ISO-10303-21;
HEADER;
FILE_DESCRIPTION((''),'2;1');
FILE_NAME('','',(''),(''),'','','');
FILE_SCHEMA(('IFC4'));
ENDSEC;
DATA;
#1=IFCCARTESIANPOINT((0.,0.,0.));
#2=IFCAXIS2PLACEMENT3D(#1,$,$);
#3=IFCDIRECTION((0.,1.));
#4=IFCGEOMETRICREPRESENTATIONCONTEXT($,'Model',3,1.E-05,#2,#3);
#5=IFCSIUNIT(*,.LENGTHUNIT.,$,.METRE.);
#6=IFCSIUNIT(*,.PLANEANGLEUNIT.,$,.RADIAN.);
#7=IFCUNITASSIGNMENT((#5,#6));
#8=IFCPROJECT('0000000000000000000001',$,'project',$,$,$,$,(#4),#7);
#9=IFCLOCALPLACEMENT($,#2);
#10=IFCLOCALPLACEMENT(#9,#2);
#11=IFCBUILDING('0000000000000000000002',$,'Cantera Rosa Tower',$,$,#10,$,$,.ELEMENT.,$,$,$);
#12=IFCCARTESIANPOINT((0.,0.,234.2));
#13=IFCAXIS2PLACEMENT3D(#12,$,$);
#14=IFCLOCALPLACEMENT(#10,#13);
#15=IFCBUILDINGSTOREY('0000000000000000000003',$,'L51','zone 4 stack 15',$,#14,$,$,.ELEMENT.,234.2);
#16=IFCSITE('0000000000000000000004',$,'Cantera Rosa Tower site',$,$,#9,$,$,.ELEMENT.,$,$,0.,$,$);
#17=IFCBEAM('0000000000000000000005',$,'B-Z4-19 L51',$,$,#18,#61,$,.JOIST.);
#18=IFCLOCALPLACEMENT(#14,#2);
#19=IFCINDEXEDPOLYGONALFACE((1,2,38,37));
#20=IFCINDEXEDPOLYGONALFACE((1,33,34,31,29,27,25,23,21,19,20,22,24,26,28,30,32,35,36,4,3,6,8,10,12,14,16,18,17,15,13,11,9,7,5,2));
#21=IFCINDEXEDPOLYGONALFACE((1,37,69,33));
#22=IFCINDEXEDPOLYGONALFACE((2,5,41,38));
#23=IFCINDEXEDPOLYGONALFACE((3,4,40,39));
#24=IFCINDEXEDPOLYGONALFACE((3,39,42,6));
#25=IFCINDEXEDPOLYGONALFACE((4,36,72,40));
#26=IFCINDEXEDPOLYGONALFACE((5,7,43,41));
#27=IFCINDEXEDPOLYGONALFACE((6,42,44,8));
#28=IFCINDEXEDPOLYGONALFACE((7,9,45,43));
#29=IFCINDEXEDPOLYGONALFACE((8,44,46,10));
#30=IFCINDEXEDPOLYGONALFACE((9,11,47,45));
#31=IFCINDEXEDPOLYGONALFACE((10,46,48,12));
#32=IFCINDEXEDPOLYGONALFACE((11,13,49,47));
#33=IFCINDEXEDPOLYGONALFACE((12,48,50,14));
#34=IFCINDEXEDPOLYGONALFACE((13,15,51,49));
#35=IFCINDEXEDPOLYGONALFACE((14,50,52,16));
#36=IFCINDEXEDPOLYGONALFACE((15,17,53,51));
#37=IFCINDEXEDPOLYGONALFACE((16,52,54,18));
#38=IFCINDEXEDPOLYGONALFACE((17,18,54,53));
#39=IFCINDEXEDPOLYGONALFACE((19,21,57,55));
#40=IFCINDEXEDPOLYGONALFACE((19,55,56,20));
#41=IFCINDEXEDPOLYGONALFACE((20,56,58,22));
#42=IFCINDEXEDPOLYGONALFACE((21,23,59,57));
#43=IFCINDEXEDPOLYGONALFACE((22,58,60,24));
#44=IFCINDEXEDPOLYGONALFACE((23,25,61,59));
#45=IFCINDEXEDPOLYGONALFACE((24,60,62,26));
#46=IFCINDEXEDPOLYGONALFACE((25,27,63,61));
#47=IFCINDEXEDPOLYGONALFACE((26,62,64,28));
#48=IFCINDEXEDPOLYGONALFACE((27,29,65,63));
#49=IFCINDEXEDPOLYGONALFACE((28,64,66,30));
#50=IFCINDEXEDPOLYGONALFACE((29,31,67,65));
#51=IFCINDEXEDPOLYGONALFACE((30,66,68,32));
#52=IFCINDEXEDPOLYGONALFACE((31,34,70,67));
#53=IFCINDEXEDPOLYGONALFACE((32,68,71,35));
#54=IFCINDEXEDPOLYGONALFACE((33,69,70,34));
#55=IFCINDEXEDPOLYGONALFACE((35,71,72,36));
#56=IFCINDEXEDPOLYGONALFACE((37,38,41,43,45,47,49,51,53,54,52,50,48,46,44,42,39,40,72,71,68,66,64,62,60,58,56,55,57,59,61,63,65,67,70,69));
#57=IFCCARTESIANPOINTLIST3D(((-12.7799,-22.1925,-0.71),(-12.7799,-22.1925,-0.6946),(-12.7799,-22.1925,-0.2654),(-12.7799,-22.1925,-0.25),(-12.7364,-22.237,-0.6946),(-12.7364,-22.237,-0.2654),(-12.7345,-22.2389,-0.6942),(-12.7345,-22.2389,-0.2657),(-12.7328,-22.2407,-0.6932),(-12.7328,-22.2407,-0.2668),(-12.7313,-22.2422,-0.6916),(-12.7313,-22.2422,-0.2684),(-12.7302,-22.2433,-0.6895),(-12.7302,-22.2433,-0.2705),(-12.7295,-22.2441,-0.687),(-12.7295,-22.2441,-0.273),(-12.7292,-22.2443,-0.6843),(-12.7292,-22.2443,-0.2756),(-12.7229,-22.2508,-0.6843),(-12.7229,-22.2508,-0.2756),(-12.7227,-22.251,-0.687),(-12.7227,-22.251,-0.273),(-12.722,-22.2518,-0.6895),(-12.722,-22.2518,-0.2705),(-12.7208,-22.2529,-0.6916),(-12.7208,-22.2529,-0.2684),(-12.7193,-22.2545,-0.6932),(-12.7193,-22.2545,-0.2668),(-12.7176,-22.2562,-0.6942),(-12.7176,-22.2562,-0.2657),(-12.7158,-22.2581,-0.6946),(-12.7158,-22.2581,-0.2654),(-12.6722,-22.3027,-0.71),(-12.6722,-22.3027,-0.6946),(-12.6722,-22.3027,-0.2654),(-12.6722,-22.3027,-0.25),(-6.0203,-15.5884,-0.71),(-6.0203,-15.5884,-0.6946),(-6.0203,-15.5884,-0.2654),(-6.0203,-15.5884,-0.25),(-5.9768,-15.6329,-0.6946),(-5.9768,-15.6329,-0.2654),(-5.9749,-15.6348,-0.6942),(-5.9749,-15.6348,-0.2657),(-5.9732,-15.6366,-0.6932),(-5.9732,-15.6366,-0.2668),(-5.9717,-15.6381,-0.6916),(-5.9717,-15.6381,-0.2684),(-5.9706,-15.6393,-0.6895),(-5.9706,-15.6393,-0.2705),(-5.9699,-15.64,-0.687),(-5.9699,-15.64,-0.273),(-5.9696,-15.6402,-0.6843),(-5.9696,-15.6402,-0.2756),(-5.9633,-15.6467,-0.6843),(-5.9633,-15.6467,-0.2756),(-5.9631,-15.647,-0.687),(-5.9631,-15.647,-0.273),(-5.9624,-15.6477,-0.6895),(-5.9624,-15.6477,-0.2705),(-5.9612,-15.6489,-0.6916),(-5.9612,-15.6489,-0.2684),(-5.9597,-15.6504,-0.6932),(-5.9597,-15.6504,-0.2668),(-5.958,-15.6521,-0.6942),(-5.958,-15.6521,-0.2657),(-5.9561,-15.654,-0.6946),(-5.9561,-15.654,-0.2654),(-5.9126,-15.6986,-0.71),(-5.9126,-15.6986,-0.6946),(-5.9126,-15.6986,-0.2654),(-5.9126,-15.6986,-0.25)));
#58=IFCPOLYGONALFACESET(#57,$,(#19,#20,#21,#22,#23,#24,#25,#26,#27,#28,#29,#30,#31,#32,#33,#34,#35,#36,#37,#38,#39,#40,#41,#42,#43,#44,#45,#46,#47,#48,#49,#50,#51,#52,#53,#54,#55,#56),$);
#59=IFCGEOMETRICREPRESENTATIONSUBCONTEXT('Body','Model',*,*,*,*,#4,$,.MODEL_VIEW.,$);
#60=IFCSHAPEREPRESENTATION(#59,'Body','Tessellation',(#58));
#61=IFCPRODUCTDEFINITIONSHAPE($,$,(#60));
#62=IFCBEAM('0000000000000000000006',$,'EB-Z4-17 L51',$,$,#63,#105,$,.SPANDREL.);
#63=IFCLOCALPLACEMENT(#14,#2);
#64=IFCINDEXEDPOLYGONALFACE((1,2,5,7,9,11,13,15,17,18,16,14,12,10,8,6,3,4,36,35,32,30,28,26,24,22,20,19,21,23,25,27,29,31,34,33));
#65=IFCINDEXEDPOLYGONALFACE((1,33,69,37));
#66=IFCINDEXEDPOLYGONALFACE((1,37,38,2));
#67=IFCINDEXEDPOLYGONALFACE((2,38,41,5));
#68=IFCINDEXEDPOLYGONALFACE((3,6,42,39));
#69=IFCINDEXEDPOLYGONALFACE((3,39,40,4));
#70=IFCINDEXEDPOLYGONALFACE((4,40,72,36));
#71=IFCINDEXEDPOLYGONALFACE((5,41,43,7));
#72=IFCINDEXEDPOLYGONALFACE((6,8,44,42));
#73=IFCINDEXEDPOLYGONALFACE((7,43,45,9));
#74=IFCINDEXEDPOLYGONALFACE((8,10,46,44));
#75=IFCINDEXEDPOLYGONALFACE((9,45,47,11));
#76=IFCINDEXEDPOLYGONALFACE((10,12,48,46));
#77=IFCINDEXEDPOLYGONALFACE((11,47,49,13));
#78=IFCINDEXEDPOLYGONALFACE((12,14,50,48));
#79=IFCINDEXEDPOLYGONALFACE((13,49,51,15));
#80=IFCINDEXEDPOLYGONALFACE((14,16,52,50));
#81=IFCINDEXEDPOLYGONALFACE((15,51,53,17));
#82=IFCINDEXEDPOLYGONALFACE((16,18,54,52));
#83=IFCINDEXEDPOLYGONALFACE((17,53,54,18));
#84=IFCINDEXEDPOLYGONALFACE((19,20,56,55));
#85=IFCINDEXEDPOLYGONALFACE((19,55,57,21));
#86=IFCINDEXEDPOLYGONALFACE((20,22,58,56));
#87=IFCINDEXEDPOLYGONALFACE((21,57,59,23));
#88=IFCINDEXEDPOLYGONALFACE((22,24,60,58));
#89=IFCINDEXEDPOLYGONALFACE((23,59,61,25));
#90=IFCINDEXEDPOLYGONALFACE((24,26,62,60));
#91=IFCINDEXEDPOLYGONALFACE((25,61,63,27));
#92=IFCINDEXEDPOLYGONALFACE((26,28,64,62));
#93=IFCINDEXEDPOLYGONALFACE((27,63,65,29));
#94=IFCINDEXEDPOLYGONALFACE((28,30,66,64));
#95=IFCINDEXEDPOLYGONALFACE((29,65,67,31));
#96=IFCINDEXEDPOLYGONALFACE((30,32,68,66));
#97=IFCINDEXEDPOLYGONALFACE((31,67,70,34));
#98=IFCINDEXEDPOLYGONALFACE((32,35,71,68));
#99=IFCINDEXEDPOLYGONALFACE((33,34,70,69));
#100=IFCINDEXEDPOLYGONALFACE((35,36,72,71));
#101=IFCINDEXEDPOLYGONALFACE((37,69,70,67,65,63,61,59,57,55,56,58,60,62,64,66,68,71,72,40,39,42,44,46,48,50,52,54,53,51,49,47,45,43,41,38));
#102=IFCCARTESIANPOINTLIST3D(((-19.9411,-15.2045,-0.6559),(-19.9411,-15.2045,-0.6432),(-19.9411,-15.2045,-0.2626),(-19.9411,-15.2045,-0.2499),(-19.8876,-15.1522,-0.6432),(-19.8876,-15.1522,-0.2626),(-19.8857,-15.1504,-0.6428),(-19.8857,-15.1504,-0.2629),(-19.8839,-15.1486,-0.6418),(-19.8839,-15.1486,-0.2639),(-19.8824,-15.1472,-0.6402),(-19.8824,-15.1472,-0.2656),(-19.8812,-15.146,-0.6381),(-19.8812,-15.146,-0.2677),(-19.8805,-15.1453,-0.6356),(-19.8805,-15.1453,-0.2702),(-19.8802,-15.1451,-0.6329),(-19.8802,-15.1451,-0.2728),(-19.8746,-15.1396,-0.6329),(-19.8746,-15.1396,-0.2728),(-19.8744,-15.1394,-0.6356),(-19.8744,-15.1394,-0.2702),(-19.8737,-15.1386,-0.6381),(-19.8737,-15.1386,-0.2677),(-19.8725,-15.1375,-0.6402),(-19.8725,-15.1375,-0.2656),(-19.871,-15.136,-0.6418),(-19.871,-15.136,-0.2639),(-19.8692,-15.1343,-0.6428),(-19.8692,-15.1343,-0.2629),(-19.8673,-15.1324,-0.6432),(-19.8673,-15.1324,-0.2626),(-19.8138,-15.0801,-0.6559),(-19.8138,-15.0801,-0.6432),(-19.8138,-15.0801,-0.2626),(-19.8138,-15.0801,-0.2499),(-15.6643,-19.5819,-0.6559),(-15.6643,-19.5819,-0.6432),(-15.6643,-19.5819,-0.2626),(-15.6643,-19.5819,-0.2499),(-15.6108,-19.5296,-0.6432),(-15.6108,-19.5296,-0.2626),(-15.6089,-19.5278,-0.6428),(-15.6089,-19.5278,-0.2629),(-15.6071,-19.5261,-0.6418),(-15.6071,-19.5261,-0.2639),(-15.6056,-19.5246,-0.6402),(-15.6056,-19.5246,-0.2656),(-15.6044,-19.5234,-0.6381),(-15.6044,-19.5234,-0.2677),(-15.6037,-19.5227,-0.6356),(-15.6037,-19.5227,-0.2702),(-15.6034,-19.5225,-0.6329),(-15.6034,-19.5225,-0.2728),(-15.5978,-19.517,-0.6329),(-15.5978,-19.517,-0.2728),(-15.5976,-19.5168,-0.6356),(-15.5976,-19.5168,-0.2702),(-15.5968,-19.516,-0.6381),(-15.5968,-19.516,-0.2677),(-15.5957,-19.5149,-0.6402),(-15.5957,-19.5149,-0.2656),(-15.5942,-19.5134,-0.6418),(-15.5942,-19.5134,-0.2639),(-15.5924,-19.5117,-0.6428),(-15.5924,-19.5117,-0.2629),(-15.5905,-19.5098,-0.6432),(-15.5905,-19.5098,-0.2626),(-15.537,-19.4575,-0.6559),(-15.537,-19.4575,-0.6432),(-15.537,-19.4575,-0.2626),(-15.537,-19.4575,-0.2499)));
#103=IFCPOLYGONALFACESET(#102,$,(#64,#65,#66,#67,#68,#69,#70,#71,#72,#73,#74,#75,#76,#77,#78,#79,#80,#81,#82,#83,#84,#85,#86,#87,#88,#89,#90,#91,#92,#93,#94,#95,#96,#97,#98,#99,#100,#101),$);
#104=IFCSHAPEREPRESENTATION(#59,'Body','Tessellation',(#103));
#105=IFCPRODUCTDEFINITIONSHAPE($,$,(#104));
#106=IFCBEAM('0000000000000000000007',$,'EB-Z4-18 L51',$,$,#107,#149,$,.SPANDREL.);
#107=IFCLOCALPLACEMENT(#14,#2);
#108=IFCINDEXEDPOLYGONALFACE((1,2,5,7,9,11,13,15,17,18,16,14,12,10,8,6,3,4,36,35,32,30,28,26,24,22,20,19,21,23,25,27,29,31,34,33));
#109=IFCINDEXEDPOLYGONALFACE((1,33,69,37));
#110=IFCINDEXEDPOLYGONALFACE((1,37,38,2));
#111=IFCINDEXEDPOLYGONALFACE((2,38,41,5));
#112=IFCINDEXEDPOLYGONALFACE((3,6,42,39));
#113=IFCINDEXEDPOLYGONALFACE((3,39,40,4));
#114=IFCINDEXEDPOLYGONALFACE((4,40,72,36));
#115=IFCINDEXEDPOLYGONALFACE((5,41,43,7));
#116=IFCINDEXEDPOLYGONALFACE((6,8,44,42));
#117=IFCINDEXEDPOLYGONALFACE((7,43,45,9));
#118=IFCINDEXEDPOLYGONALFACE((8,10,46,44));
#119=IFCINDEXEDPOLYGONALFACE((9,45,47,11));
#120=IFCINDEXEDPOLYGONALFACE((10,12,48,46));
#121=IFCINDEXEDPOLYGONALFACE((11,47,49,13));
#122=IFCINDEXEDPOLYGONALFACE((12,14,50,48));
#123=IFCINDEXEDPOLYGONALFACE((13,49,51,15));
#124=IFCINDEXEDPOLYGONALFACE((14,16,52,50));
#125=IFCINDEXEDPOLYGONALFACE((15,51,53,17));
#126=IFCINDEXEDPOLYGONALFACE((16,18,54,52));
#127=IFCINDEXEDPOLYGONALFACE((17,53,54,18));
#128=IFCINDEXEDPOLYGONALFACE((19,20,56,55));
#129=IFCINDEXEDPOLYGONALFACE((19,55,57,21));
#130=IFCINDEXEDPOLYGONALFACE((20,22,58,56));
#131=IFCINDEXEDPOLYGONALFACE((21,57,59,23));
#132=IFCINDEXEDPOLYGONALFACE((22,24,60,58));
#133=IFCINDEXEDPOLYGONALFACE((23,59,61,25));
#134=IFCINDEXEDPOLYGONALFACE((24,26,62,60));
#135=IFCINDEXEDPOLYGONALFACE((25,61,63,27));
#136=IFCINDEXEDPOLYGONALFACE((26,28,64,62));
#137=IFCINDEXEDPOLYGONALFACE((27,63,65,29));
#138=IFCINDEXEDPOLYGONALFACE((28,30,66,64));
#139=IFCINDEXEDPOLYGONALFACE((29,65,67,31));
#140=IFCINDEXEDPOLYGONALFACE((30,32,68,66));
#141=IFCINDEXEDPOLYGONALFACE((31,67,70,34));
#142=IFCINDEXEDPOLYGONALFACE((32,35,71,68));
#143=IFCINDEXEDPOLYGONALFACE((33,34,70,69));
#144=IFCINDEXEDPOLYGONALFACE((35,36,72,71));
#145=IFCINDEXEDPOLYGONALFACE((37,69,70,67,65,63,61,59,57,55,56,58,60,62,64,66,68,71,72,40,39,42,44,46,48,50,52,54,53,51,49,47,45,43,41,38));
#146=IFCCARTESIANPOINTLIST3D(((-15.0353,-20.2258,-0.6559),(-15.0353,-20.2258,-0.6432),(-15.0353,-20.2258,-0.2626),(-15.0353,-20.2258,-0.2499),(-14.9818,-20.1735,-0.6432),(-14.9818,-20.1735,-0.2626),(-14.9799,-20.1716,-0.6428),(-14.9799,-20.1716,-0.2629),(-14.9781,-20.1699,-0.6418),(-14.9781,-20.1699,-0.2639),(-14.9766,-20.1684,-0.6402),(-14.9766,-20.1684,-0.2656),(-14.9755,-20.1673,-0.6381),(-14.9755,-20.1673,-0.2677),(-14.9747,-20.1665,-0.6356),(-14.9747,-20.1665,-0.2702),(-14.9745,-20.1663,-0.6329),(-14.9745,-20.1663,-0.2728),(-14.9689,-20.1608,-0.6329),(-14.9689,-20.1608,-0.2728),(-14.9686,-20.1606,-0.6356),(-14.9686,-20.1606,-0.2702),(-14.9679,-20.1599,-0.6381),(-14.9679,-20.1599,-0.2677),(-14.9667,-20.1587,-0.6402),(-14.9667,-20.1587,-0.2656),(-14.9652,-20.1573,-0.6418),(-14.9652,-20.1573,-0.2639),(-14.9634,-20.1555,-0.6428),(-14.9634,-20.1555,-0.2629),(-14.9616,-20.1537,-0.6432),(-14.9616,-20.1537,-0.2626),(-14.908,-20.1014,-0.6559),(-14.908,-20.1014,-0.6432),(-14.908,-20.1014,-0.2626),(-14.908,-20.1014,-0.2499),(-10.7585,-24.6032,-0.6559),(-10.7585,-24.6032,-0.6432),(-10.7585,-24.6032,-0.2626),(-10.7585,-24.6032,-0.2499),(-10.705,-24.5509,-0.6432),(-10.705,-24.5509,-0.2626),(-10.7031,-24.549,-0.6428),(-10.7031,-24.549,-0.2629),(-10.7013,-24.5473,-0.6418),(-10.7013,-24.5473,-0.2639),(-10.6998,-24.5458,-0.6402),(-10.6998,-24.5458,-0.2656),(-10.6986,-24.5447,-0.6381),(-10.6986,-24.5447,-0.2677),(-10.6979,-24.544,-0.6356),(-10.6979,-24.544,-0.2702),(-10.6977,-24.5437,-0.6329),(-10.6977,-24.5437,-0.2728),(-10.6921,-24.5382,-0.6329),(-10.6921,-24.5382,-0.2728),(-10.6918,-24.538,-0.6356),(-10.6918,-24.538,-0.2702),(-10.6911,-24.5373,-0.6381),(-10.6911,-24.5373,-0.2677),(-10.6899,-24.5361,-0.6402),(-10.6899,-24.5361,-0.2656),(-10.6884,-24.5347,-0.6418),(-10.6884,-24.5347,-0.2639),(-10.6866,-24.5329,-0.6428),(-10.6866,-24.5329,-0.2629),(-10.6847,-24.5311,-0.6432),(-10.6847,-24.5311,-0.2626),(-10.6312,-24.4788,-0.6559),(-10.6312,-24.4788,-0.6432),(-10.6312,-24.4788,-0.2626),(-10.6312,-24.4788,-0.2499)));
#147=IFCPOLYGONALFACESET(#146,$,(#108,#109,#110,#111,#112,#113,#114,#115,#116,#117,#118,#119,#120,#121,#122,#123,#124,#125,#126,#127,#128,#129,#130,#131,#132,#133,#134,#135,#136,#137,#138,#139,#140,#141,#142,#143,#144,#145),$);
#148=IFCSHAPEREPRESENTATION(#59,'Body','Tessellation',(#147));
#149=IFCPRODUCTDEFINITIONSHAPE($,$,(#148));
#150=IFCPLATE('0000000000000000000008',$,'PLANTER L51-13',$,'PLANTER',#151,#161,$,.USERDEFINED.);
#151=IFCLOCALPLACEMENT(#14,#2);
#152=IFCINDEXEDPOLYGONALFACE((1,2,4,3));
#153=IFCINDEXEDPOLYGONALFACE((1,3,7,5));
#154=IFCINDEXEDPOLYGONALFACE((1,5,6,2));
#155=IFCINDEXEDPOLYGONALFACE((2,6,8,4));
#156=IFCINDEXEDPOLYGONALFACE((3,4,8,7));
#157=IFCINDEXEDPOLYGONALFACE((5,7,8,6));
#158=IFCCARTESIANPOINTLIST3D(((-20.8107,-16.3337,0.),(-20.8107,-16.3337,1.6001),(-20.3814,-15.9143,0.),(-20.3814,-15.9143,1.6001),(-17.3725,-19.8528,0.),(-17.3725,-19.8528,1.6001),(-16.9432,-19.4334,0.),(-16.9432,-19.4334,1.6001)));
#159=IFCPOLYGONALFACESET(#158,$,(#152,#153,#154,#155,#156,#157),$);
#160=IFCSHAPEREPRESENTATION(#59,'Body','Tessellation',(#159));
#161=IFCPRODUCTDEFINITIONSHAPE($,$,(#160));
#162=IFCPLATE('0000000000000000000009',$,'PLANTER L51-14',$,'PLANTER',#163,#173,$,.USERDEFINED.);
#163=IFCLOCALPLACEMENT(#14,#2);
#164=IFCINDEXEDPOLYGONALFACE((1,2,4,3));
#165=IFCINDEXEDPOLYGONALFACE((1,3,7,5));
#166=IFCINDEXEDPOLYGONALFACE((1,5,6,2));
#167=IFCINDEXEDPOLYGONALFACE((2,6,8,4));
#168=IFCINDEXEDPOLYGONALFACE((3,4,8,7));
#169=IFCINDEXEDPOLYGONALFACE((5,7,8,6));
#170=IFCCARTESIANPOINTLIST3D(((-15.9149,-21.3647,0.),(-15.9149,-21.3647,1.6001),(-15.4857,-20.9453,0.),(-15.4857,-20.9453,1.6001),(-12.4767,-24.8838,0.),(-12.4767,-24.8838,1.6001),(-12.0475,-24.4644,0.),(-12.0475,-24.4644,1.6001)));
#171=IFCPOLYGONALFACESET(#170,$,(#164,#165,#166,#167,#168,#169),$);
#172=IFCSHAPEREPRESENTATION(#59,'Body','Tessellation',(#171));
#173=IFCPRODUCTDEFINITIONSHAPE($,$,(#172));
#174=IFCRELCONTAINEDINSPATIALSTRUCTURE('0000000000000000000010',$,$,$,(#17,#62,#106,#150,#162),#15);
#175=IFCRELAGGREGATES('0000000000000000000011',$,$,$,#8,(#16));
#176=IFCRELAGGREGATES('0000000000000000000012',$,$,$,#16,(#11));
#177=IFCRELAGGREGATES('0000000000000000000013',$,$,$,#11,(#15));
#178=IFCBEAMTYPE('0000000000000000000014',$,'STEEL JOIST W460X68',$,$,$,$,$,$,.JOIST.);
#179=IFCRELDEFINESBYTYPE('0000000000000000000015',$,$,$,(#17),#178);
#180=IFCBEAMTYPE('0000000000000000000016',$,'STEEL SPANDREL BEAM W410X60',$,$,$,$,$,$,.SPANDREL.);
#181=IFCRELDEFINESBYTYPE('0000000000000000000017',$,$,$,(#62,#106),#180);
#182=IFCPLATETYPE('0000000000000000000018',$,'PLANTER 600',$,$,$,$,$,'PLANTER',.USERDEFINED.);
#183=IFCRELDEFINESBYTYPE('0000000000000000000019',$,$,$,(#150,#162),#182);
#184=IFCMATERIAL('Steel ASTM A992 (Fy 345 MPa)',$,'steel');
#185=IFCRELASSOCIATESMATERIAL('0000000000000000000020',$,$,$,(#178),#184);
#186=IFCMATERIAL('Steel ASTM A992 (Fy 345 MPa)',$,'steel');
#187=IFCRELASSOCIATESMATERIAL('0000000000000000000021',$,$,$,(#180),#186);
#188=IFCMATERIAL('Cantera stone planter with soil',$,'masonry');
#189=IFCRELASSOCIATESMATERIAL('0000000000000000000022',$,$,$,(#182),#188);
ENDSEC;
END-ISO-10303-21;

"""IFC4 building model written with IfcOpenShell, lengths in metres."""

from ifc_helpers import new_model, si_unit, direction, frame, origin, origin_2d, place, context, subcontext, project, spatial, rectangle, i_section, extrude, material, material_profile, profile_set, type_object, element, save


model = new_model("IFC4")

# Units and contexts
model_context = context("Model", 3, precision=1e-05, world=origin(), true_north=direction((0.0, 1.0)))
body_context = subcontext(model_context, "Body", "Model", "MODEL_VIEW")
ifc_project = project(units=[si_unit("LENGTHUNIT", "METRE"), si_unit("PLANEANGLEUNIT", "RADIAN")], contexts=[model_context])

# Site, building, storey
site_placement = place(None, origin())
site = spatial("IfcSite", under=ifc_project, at=site_placement, Name="Cantera Rosa Tower site", CompositionType="ELEMENT", RefElevation=0.0)
building_placement = place(site_placement, origin())
building = spatial("IfcBuilding", under=site, at=building_placement, Name="Cantera Rosa Tower", CompositionType="ELEMENT")
storey_placement = place(building_placement, frame((0.0, 0.0, 234.2)))
storey = spatial("IfcBuildingStorey", under=building, at=storey_placement, Name="L51", Description="zone 4 stack 15", CompositionType="ELEMENT", Elevation=234.2)

# Beams
ifc_material_1 = material(Name="Steel ASTM A992 (Fy 345 MPa)", Category="steel")
ifc_material_profile_1 = material_profile(ifc_material_1, i_section(OverallWidth=0.1541, OverallDepth=0.46, WebThickness=0.009, FlangeThickness=0.0154, FilletRadius=0.0103, at=origin_2d()), Name="W460X68")
ifc_profile_set_1 = profile_set([ifc_material_profile_1], Name="Steel ASTM A992 (Fy 345 MPa)")
beam_type_1 = type_object("IfcBeamType", Name="STEEL JOIST W460X68", PredefinedType="JOIST", material=ifc_profile_set_1)
for number, where, z_axis, x_axis, name in (
    (1, (-12.7261, -22.2476, -0.48), (0.715287, 0.698831, 0.0), (-0.698831, 0.715287, 0.0), "B-Z4-19 L51"),
):
    element("IfcBeam", number, at=place(storey_placement, frame(where, z_axis=z_axis, x_axis=x_axis)), inside=storey, type_object=beam_type_1, Name=name, PredefinedType="JOIST", context=body_context, shape_type="SweptSolid", body=[
        extrude(i_section(OverallWidth=0.1541, OverallDepth=0.46, WebThickness=0.009, FlangeThickness=0.0154, FilletRadius=0.0103, at=origin_2d()), origin(), (0.0, 0.0, 1.0), 9.4502),
    ])
ifc_material_2 = material(Name="Steel ASTM A992 (Fy 345 MPa)", Category="steel")
ifc_material_profile_2 = material_profile(ifc_material_2, i_section(OverallWidth=0.178, OverallDepth=0.406, WebThickness=0.0078, FlangeThickness=0.0127, FilletRadius=0.0103, at=origin_2d()), Name="W410X60")
ifc_profile_set_2 = profile_set([ifc_material_profile_2], Name="Steel ASTM A992 (Fy 345 MPa)")
beam_type_2 = type_object("IfcBeamType", Name="STEEL SPANDREL BEAM W410X60", PredefinedType="SPANDREL", material=ifc_profile_set_2)
for number, where, z_axis, x_axis, name in (
    (2, (-19.8774, -15.1423, -0.4529), (0.698841, -0.715277, 0.0), (0.715277, 0.698841, 0.0), "EB-Z4-17 L51"),
    (3, (-14.9717, -20.1636, -0.4529), (0.698841, -0.715277, 0.0), (0.715277, 0.698841, 0.0), "EB-Z4-18 L51"),
):
    element("IfcBeam", number, at=place(storey_placement, frame(where, z_axis=z_axis, x_axis=x_axis)), inside=storey, type_object=beam_type_2, Name=name, PredefinedType="SPANDREL", context=body_context, shape_type="SweptSolid", body=[
        extrude(i_section(OverallWidth=0.178, OverallDepth=0.406, WebThickness=0.0078, FlangeThickness=0.0127, FilletRadius=0.0103, at=origin_2d()), origin(), (0.0, 0.0, 1.0), 6.1199),
    ])

# Plates
ifc_material_3 = material(Name="Cantera stone planter with soil", Category="masonry")
plate_type = type_object("IfcPlateType", Name="PLANTER 600", ElementType="PLANTER", PredefinedType="USERDEFINED", material=ifc_material_3)
for number, where, z_axis, x_axis, name in (
    (4, (-18.877, -17.8835, 0.0), (0.0, 0.0, 1.0), (0.698832, -0.715286, 0.0), "PLANTER L51-13"),
    (5, (-13.9812, -22.9146, 0.0), (0.0, 0.0, 1.0), (0.698832, -0.715286, 0.0), "PLANTER L51-14"),
):
    element("IfcPlate", number, at=place(storey_placement, frame(where, z_axis=z_axis, x_axis=x_axis)), inside=storey, type_object=plate_type, Name=name, ObjectType="PLANTER", PredefinedType="USERDEFINED", context=body_context, shape_type="SweptSolid", body=[
        extrude(rectangle(XDim=4.9199, YDim=0.6001, at=origin_2d()), origin(), (0.0, 0.0, 1.0), 1.6001),
    ])

save(model, "model.ifc")
